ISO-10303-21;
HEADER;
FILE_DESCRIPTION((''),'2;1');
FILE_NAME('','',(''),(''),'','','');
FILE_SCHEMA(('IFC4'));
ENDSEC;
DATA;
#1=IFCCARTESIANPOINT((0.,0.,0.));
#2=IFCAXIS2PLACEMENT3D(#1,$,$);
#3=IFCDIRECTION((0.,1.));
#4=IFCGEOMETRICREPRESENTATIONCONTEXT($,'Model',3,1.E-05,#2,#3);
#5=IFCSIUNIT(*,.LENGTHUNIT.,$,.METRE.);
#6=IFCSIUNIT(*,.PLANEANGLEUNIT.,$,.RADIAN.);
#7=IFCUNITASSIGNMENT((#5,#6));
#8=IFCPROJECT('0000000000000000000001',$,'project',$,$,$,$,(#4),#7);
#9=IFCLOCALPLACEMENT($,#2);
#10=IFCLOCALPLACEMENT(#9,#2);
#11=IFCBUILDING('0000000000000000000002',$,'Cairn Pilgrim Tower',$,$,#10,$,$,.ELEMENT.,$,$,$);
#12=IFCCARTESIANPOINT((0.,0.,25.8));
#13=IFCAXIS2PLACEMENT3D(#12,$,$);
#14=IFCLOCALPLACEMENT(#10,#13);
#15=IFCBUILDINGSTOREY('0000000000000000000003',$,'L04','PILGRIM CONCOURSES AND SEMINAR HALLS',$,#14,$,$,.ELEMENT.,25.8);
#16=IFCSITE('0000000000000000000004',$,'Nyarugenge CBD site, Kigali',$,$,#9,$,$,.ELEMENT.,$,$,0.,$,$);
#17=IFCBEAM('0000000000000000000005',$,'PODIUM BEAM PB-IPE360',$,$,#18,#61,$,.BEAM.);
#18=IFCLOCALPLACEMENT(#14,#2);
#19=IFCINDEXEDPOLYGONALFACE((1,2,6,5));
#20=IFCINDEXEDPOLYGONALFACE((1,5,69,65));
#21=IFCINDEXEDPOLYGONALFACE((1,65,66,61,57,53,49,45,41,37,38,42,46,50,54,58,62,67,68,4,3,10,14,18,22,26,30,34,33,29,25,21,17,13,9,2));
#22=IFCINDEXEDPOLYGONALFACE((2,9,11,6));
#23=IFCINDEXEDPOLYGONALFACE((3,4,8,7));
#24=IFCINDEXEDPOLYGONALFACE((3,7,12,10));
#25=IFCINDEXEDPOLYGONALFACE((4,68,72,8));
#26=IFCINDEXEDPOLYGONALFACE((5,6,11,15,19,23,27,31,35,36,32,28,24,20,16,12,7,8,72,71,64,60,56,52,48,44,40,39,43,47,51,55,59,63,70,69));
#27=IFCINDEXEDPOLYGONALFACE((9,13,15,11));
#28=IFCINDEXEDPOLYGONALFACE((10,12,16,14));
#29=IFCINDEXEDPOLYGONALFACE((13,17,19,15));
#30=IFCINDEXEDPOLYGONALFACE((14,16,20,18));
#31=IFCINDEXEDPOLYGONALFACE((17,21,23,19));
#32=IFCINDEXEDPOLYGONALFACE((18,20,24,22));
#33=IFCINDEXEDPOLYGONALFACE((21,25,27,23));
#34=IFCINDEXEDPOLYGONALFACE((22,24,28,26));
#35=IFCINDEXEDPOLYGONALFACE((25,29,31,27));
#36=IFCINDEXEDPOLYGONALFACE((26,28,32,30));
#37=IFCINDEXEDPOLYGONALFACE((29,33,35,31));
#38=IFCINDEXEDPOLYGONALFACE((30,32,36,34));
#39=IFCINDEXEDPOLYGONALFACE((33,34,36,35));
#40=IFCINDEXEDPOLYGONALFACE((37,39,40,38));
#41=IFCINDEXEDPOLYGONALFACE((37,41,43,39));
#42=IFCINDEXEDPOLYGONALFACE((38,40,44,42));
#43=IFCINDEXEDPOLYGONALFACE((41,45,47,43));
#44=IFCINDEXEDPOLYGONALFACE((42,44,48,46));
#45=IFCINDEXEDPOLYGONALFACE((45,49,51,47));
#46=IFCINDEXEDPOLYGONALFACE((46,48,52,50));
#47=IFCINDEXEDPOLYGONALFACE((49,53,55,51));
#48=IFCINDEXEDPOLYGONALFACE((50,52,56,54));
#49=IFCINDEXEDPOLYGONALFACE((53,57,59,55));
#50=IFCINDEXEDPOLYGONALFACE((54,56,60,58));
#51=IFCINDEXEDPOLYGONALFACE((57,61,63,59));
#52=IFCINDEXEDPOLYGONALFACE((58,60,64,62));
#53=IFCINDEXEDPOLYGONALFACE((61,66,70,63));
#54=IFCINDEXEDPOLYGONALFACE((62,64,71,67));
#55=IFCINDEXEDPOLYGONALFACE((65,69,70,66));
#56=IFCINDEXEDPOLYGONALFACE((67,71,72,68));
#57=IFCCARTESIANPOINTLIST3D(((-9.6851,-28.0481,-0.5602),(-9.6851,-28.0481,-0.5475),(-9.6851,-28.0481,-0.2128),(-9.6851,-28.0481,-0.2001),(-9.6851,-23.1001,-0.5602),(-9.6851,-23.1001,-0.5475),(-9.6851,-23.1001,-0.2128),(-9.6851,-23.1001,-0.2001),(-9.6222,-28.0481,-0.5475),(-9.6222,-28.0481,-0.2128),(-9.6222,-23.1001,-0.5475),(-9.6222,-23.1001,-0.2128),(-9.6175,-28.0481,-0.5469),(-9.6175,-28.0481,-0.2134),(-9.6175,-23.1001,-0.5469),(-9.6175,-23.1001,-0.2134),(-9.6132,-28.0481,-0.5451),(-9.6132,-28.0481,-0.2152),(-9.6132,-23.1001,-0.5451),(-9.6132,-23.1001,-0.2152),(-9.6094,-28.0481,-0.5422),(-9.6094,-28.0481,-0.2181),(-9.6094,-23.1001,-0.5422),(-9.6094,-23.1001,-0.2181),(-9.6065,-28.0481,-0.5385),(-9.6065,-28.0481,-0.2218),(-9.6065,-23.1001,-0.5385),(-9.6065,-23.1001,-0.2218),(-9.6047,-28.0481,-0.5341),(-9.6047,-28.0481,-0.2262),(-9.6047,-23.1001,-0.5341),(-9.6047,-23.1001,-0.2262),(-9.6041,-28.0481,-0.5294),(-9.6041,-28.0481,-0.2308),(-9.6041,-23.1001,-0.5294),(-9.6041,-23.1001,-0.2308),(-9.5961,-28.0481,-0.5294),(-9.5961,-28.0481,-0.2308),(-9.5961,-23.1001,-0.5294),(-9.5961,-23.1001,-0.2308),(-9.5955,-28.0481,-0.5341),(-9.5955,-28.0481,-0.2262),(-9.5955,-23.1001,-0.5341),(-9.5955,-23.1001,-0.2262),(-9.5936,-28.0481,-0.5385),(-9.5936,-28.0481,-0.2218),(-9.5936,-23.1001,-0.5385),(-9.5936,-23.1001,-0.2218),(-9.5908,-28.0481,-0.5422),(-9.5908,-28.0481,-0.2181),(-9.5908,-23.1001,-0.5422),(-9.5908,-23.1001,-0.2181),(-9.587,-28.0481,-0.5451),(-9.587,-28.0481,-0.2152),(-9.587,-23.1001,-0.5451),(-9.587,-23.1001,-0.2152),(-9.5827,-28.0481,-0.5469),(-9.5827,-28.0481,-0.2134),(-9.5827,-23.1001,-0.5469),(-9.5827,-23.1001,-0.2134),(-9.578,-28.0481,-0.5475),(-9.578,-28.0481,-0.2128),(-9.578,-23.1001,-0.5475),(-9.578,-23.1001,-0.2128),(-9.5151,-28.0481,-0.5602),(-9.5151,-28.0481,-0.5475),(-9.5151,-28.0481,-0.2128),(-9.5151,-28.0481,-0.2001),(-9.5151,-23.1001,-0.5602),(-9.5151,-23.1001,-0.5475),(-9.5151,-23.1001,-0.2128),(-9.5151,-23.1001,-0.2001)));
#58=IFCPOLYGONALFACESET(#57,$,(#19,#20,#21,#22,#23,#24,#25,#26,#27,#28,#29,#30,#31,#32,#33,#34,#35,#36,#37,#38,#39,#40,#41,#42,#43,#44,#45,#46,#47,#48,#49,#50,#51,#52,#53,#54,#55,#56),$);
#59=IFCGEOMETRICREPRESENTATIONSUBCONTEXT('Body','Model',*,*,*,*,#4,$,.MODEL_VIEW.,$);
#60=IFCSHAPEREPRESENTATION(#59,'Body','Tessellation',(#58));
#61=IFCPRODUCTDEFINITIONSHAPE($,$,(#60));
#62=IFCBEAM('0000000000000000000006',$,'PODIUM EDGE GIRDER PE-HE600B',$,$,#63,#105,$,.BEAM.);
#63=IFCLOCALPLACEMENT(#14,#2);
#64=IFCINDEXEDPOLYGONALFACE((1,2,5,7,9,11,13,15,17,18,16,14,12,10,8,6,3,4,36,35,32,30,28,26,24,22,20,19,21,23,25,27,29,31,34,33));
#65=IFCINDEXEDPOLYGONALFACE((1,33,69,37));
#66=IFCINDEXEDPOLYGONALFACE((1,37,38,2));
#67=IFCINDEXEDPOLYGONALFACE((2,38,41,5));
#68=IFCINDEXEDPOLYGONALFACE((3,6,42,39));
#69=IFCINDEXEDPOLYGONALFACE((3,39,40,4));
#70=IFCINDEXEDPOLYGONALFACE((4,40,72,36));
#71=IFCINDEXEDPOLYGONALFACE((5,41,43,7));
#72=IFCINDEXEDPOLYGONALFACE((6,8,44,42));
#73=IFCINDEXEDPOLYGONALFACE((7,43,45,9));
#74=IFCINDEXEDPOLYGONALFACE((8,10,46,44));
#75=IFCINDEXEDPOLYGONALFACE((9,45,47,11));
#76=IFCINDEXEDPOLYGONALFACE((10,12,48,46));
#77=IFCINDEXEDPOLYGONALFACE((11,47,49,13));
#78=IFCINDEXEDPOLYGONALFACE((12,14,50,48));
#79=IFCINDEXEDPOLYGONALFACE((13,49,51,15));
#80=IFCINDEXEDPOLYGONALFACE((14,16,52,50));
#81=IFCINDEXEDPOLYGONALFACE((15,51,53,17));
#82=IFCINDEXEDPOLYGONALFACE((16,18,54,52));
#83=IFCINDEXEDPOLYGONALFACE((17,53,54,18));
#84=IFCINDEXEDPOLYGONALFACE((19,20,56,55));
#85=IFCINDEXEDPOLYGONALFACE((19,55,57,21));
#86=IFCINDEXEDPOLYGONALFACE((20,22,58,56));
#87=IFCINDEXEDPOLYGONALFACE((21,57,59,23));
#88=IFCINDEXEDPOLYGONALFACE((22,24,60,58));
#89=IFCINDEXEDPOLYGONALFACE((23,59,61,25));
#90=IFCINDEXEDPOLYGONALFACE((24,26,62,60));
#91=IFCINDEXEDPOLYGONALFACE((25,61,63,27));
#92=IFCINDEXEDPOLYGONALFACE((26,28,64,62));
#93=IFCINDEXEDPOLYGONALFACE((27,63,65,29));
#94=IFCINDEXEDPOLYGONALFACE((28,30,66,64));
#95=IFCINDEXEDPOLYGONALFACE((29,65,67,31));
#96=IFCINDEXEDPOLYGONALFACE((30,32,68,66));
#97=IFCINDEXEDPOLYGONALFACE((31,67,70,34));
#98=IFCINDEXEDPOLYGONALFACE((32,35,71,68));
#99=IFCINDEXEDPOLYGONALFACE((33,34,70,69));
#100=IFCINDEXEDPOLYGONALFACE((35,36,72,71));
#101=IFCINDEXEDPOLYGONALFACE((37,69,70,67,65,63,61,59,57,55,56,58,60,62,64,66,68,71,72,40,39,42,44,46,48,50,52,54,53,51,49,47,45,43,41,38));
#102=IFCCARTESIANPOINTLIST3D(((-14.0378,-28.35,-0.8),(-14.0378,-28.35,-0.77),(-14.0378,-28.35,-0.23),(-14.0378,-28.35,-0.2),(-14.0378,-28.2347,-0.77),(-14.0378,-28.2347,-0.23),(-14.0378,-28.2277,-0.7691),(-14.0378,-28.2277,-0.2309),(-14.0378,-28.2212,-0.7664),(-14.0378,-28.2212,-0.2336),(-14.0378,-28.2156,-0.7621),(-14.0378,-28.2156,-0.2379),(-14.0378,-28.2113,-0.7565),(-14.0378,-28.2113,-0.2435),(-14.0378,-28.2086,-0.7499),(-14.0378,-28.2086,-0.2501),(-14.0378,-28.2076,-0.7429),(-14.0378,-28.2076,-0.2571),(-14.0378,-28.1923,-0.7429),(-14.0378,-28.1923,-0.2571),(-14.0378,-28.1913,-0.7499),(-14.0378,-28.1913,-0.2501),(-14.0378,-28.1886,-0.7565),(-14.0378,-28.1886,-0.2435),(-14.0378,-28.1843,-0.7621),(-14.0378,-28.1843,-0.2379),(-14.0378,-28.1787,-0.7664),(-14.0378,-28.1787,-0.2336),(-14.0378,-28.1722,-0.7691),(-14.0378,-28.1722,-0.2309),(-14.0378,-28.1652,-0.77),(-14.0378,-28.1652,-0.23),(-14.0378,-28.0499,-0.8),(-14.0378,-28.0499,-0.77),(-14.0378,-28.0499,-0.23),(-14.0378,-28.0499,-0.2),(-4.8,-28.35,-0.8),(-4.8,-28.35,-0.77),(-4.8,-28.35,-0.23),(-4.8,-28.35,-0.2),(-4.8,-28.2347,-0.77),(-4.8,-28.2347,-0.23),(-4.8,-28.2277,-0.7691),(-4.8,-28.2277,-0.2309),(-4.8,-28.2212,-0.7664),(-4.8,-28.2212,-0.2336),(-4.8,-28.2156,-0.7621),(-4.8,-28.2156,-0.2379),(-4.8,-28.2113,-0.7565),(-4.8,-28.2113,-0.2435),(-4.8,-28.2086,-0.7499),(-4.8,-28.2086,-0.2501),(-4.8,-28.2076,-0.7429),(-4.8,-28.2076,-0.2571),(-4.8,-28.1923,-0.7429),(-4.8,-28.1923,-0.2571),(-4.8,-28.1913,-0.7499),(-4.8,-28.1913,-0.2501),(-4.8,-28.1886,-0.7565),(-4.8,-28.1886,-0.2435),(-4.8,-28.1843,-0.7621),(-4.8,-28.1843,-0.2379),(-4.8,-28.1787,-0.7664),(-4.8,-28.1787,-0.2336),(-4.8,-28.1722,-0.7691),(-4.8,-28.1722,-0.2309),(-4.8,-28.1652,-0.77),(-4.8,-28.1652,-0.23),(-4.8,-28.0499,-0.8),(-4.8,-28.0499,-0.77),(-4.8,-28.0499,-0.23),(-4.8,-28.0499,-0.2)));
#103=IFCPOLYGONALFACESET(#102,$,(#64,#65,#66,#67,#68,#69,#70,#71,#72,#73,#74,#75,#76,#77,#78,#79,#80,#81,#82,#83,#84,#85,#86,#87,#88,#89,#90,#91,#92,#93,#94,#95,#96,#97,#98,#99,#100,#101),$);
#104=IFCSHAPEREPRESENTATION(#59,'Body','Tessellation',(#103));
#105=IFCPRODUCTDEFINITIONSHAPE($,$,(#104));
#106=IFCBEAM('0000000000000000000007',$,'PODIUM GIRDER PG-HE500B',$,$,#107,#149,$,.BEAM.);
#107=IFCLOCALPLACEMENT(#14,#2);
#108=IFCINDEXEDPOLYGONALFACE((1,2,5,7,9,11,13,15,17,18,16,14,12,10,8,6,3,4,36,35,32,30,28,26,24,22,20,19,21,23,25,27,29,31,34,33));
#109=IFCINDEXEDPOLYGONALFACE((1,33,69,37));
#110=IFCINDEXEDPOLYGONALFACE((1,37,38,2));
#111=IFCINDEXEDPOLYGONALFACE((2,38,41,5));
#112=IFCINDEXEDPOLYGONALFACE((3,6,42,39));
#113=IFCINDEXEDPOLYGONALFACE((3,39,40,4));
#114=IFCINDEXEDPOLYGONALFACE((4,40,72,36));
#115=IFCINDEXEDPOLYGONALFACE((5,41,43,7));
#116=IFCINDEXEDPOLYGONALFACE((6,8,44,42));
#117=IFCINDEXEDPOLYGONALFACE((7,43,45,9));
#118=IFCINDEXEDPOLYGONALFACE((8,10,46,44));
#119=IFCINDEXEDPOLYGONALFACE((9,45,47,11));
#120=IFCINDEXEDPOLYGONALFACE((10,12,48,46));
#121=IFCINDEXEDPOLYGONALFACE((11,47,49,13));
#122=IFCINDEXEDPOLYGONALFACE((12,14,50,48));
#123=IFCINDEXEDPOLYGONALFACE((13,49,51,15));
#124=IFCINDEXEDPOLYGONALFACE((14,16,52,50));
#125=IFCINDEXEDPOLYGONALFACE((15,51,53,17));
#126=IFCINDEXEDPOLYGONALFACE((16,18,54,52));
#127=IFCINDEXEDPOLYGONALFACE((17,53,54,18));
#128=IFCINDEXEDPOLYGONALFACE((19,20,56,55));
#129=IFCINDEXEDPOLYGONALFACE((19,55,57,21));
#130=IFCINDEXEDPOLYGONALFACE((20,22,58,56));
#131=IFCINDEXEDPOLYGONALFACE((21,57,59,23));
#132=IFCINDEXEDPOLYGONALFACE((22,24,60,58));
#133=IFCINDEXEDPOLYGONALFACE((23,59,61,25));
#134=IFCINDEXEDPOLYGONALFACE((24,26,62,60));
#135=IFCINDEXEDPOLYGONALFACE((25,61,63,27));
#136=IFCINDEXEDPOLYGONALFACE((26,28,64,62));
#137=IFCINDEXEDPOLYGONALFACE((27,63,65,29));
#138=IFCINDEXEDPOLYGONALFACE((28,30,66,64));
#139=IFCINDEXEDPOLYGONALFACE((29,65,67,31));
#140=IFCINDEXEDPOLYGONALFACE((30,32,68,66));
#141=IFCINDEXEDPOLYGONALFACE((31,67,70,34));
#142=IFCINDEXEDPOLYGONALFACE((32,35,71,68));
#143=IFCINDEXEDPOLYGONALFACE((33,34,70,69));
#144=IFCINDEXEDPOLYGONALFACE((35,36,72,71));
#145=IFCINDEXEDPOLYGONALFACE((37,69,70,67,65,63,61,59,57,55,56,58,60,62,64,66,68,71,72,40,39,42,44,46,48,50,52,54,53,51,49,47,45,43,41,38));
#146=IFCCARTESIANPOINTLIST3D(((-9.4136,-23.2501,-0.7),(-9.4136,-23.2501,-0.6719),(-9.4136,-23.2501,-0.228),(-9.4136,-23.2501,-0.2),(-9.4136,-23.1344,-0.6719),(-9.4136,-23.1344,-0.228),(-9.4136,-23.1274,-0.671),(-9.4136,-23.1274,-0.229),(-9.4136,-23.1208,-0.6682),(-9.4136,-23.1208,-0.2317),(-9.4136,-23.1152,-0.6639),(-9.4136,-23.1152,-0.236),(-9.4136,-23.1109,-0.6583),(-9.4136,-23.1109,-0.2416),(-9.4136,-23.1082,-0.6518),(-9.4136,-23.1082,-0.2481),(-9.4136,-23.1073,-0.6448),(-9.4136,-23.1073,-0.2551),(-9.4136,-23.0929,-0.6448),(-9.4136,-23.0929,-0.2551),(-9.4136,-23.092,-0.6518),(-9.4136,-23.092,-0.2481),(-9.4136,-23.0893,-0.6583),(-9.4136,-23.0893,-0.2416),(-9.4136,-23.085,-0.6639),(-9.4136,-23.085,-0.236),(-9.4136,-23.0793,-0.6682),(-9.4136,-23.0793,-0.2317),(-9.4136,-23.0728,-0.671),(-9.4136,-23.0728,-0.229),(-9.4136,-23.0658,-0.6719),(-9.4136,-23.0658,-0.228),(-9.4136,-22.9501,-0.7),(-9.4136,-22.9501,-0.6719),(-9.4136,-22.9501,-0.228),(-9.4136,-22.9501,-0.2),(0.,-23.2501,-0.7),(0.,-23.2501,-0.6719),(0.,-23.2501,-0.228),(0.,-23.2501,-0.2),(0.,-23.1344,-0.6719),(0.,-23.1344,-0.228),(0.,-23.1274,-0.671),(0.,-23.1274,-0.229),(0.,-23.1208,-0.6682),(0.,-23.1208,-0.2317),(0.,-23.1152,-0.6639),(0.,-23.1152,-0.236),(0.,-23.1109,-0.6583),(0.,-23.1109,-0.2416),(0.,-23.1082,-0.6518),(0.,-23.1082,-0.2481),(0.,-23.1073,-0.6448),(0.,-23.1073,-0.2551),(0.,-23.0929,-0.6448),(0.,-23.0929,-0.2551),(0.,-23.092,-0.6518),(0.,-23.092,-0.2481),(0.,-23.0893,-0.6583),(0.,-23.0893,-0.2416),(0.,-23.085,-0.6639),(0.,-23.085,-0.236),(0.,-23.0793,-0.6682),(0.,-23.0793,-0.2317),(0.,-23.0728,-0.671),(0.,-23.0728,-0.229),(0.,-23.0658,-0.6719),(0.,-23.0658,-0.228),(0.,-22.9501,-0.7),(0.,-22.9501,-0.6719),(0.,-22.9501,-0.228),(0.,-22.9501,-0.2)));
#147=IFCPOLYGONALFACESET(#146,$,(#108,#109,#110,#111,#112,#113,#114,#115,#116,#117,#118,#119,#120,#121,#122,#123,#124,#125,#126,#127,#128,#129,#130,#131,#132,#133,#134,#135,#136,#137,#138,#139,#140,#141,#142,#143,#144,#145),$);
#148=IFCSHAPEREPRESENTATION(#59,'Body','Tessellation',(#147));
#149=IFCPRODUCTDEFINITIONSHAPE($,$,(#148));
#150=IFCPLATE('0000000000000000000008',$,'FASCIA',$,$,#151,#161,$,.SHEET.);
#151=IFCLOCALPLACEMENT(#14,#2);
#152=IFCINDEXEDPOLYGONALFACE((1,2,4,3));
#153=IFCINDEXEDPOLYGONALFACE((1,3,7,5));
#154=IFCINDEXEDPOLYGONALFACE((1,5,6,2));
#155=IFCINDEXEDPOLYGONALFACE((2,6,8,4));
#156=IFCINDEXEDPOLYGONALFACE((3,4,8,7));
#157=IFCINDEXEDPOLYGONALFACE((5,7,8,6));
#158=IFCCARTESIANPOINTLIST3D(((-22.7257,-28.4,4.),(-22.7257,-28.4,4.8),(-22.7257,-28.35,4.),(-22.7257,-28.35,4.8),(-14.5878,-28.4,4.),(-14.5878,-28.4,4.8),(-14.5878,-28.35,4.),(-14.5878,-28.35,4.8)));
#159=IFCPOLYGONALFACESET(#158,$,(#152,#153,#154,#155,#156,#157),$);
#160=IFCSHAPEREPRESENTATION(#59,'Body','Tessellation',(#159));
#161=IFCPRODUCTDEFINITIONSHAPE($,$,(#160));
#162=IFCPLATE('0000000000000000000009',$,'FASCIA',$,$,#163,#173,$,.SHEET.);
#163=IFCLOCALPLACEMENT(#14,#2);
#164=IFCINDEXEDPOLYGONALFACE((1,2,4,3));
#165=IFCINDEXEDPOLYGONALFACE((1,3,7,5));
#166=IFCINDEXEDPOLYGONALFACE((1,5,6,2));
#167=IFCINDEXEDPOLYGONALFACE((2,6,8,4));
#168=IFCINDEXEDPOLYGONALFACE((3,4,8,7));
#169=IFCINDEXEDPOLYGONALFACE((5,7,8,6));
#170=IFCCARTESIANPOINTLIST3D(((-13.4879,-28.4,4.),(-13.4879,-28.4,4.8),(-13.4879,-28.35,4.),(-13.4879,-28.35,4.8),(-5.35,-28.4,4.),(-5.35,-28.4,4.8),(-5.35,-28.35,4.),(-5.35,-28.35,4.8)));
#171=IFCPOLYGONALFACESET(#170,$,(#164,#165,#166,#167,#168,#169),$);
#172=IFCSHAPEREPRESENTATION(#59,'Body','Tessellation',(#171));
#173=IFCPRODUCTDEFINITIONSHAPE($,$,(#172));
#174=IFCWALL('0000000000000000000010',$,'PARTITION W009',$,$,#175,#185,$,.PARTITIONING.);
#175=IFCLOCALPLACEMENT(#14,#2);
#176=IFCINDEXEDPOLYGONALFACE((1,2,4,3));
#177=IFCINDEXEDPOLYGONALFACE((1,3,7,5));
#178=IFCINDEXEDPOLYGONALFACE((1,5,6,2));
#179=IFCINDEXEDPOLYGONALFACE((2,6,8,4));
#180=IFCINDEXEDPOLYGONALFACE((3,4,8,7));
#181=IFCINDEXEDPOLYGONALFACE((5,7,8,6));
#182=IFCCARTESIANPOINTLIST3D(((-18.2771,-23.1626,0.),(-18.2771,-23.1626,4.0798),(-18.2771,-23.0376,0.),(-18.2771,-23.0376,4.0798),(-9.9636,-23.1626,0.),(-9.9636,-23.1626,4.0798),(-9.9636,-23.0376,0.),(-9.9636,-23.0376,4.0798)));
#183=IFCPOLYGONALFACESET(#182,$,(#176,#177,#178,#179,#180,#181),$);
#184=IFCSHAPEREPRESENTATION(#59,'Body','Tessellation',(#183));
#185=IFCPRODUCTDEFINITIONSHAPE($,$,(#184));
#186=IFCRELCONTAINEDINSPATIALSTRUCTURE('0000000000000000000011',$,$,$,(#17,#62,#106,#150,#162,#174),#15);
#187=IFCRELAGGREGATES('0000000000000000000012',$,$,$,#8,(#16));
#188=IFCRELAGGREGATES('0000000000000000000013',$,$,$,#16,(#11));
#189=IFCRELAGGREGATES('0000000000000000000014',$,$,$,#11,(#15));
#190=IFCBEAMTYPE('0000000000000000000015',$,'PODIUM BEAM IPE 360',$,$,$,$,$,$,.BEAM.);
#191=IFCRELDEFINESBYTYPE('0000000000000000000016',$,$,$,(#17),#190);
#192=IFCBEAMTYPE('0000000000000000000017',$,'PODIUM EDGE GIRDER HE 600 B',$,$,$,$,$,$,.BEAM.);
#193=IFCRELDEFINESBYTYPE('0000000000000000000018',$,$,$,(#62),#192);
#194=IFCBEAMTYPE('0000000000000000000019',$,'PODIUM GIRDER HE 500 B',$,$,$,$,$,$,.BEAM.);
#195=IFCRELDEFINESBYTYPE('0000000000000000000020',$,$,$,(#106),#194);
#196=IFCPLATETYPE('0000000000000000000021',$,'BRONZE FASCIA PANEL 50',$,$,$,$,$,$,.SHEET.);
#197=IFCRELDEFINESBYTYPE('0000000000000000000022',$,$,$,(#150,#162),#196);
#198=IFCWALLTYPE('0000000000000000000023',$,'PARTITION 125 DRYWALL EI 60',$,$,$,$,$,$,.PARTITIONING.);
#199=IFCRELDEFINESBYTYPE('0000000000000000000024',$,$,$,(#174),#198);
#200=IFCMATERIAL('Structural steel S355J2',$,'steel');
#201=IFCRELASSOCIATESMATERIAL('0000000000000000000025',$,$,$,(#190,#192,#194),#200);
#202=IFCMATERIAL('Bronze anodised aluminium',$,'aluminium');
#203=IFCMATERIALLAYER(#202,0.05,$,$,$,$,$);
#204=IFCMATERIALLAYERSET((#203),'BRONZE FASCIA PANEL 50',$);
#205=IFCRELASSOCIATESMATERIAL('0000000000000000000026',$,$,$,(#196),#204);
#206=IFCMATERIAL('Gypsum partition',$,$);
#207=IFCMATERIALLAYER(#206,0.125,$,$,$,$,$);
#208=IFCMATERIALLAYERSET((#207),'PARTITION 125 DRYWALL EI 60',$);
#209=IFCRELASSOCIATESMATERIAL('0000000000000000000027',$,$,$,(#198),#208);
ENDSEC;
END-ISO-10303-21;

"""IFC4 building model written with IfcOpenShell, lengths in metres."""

from ifc_helpers import new_model, si_unit, direction, frame, frame_2d, origin, origin_2d, place, context, subcontext, project, spatial, rectangle, i_section, extrude, material, layer, layer_set, material_profile, profile_set, type_object, element, save


model = new_model("IFC4")

# Units and contexts
model_context = context("Model", 3, precision=1e-05, world=origin(), true_north=direction((0.0, 1.0)))
body_context = subcontext(model_context, "Body", "Model", "MODEL_VIEW")
ifc_project = project(units=[si_unit("LENGTHUNIT", "METRE"), si_unit("PLANEANGLEUNIT", "RADIAN")], contexts=[model_context])

# Site, building, storey
site_placement = place(None, origin())
site = spatial("IfcSite", under=ifc_project, at=site_placement, Name="Nyarugenge CBD site, Kigali", CompositionType="ELEMENT", RefElevation=0.0)
building_placement = place(site_placement, origin())
building = spatial("IfcBuilding", under=site, at=building_placement, Name="Cairn Pilgrim Tower", CompositionType="ELEMENT")
storey_placement = place(building_placement, frame((0.0, 0.0, 25.8)))
storey = spatial("IfcBuildingStorey", under=building, at=storey_placement, Name="L04", Description="PILGRIM CONCOURSES AND SEMINAR HALLS", CompositionType="ELEMENT", Elevation=25.8)

# Beams
ifc_material_1 = material(Name="Structural steel S355J2", Category="steel")
ifc_material_profile_1 = material_profile(ifc_material_1, i_section(OverallWidth=0.1699, OverallDepth=0.3601, WebThickness=0.0081, FlangeThickness=0.0127, FilletRadius=0.0181, at=origin_2d()), Name="IPE 360")
ifc_profile_set_1 = profile_set([ifc_material_profile_1], Name="Structural steel S355J2")
beam_type_1 = type_object("IfcBeamType", Name="PODIUM BEAM IPE 360", PredefinedType="BEAM", material=ifc_profile_set_1)
beam_1_placement = place(storey_placement, frame((-9.6001, -28.0481, -0.3801), z_axis=(0.0, 1.0, 0.0), x_axis=(-1.0, 0.0, 0.0)))
element("IfcBeam", 1, at=beam_1_placement, inside=storey, type_object=beam_type_1, Name="PODIUM BEAM PB-IPE360", PredefinedType="BEAM", context=body_context, shape_type="SweptSolid", body=[
    extrude(i_section(OverallWidth=0.1699, OverallDepth=0.3601, WebThickness=0.0081, FlangeThickness=0.0127, FilletRadius=0.0181, at=origin_2d()), origin(), (0.0, 0.0, 1.0), 4.948),
])
ifc_material_profile_2 = material_profile(ifc_material_1, i_section(OverallWidth=0.3, OverallDepth=0.6001, WebThickness=0.0154, FlangeThickness=0.03, FilletRadius=0.0271, at=origin_2d()), Name="HEB 600")
ifc_profile_set_2 = profile_set([ifc_material_profile_2], Name="Structural steel S355J2")
beam_type_2 = type_object("IfcBeamType", Name="PODIUM EDGE GIRDER HE 600 B", PredefinedType="BEAM", material=ifc_profile_set_2)
beam_2_placement = place(storey_placement, frame((-14.0378, -28.2, -0.5), z_axis=(1.0, 0.0, 0.0), x_axis=(0.0, 1.0, 0.0)))
element("IfcBeam", 2, at=beam_2_placement, inside=storey, type_object=beam_type_2, Name="PODIUM EDGE GIRDER PE-HE600B", PredefinedType="BEAM", context=body_context, shape_type="SweptSolid", body=[
    extrude(i_section(OverallWidth=0.3, OverallDepth=0.6001, WebThickness=0.0154, FlangeThickness=0.03, FilletRadius=0.0271, at=origin_2d()), origin(), (0.0, 0.0, 1.0), 9.2378),
])
ifc_material_profile_3 = material_profile(ifc_material_1, i_section(OverallWidth=0.3, OverallDepth=0.5, WebThickness=0.0144, FlangeThickness=0.0281, FilletRadius=0.0271, at=origin_2d()), Name="HEB 500")
ifc_profile_set_3 = profile_set([ifc_material_profile_3], Name="Structural steel S355J2")
beam_type_3 = type_object("IfcBeamType", Name="PODIUM GIRDER HE 500 B", PredefinedType="BEAM", material=ifc_profile_set_3)
beam_3_placement = place(storey_placement, frame((-9.4136, -23.1001, -0.45), z_axis=(1.0, 0.0, 0.0), x_axis=(0.0, 1.0, 0.0)))
element("IfcBeam", 3, at=beam_3_placement, inside=storey, type_object=beam_type_3, Name="PODIUM GIRDER PG-HE500B", PredefinedType="BEAM", context=body_context, shape_type="SweptSolid", body=[
    extrude(i_section(OverallWidth=0.3, OverallDepth=0.5, WebThickness=0.0144, FlangeThickness=0.0281, FilletRadius=0.0271, at=origin_2d()), origin(), (0.0, 0.0, 1.0), 9.4136),
])

# Plates
ifc_material_2 = material(Name="Bronze anodised aluminium", Category="aluminium")
ifc_layer_1 = layer(ifc_material_2, 0.05)
ifc_layer_set_1 = layer_set([ifc_layer_1], Name="BRONZE FASCIA PANEL 50")
plate_type = type_object("IfcPlateType", Name="BRONZE FASCIA PANEL 50", PredefinedType="SHEET", material=ifc_layer_set_1)
for number, where, z_axis, x_axis, name in (
    (4, (-18.6567, -28.375, 4.0), (0.0, 0.0, 1.0), (1.0, 0.0, 0.0), "FASCIA"),
    (5, (-9.4189, -28.375, 4.0), (0.0, 0.0, 1.0), (1.0, 0.0, 0.0), "FASCIA"),
):
    element("IfcPlate", number, at=place(storey_placement, frame(where, z_axis=z_axis, x_axis=x_axis)), inside=storey, type_object=plate_type, Name=name, PredefinedType="SHEET", context=body_context, shape_type="SweptSolid", body=[
        extrude(rectangle(XDim=8.1379, YDim=0.05, at=origin_2d()), origin(), (0.0, 0.0, 1.0), 0.8),
    ])

# Wall
ifc_material_3 = material(Name="Gypsum partition")
ifc_layer_2 = layer(ifc_material_3, 0.125)
ifc_layer_set_2 = layer_set([ifc_layer_2], Name="PARTITION 125 DRYWALL EI 60")
wall_type_1 = type_object("IfcWallType", Name="PARTITION 125 DRYWALL EI 60", PredefinedType="PARTITIONING", material=ifc_layer_set_2)
wall_1_placement = place(storey_placement, frame((-18.2771, -23.1001, 0.0), z_axis=(0.0, 0.0, 1.0), x_axis=(1.0, 0.0, 0.0)))
element("IfcWall", 6, at=wall_1_placement, inside=storey, type_object=wall_type_1, Name="PARTITION W009", PredefinedType="PARTITIONING", context=body_context, shape_type="SweptSolid", body=[
    extrude(rectangle(XDim=8.3135, YDim=0.125, at=frame_2d((4.1567, 0.0))), origin(), (0.0, 0.0, 1.0), 4.0798),
])

save(model, "model.ifc")
